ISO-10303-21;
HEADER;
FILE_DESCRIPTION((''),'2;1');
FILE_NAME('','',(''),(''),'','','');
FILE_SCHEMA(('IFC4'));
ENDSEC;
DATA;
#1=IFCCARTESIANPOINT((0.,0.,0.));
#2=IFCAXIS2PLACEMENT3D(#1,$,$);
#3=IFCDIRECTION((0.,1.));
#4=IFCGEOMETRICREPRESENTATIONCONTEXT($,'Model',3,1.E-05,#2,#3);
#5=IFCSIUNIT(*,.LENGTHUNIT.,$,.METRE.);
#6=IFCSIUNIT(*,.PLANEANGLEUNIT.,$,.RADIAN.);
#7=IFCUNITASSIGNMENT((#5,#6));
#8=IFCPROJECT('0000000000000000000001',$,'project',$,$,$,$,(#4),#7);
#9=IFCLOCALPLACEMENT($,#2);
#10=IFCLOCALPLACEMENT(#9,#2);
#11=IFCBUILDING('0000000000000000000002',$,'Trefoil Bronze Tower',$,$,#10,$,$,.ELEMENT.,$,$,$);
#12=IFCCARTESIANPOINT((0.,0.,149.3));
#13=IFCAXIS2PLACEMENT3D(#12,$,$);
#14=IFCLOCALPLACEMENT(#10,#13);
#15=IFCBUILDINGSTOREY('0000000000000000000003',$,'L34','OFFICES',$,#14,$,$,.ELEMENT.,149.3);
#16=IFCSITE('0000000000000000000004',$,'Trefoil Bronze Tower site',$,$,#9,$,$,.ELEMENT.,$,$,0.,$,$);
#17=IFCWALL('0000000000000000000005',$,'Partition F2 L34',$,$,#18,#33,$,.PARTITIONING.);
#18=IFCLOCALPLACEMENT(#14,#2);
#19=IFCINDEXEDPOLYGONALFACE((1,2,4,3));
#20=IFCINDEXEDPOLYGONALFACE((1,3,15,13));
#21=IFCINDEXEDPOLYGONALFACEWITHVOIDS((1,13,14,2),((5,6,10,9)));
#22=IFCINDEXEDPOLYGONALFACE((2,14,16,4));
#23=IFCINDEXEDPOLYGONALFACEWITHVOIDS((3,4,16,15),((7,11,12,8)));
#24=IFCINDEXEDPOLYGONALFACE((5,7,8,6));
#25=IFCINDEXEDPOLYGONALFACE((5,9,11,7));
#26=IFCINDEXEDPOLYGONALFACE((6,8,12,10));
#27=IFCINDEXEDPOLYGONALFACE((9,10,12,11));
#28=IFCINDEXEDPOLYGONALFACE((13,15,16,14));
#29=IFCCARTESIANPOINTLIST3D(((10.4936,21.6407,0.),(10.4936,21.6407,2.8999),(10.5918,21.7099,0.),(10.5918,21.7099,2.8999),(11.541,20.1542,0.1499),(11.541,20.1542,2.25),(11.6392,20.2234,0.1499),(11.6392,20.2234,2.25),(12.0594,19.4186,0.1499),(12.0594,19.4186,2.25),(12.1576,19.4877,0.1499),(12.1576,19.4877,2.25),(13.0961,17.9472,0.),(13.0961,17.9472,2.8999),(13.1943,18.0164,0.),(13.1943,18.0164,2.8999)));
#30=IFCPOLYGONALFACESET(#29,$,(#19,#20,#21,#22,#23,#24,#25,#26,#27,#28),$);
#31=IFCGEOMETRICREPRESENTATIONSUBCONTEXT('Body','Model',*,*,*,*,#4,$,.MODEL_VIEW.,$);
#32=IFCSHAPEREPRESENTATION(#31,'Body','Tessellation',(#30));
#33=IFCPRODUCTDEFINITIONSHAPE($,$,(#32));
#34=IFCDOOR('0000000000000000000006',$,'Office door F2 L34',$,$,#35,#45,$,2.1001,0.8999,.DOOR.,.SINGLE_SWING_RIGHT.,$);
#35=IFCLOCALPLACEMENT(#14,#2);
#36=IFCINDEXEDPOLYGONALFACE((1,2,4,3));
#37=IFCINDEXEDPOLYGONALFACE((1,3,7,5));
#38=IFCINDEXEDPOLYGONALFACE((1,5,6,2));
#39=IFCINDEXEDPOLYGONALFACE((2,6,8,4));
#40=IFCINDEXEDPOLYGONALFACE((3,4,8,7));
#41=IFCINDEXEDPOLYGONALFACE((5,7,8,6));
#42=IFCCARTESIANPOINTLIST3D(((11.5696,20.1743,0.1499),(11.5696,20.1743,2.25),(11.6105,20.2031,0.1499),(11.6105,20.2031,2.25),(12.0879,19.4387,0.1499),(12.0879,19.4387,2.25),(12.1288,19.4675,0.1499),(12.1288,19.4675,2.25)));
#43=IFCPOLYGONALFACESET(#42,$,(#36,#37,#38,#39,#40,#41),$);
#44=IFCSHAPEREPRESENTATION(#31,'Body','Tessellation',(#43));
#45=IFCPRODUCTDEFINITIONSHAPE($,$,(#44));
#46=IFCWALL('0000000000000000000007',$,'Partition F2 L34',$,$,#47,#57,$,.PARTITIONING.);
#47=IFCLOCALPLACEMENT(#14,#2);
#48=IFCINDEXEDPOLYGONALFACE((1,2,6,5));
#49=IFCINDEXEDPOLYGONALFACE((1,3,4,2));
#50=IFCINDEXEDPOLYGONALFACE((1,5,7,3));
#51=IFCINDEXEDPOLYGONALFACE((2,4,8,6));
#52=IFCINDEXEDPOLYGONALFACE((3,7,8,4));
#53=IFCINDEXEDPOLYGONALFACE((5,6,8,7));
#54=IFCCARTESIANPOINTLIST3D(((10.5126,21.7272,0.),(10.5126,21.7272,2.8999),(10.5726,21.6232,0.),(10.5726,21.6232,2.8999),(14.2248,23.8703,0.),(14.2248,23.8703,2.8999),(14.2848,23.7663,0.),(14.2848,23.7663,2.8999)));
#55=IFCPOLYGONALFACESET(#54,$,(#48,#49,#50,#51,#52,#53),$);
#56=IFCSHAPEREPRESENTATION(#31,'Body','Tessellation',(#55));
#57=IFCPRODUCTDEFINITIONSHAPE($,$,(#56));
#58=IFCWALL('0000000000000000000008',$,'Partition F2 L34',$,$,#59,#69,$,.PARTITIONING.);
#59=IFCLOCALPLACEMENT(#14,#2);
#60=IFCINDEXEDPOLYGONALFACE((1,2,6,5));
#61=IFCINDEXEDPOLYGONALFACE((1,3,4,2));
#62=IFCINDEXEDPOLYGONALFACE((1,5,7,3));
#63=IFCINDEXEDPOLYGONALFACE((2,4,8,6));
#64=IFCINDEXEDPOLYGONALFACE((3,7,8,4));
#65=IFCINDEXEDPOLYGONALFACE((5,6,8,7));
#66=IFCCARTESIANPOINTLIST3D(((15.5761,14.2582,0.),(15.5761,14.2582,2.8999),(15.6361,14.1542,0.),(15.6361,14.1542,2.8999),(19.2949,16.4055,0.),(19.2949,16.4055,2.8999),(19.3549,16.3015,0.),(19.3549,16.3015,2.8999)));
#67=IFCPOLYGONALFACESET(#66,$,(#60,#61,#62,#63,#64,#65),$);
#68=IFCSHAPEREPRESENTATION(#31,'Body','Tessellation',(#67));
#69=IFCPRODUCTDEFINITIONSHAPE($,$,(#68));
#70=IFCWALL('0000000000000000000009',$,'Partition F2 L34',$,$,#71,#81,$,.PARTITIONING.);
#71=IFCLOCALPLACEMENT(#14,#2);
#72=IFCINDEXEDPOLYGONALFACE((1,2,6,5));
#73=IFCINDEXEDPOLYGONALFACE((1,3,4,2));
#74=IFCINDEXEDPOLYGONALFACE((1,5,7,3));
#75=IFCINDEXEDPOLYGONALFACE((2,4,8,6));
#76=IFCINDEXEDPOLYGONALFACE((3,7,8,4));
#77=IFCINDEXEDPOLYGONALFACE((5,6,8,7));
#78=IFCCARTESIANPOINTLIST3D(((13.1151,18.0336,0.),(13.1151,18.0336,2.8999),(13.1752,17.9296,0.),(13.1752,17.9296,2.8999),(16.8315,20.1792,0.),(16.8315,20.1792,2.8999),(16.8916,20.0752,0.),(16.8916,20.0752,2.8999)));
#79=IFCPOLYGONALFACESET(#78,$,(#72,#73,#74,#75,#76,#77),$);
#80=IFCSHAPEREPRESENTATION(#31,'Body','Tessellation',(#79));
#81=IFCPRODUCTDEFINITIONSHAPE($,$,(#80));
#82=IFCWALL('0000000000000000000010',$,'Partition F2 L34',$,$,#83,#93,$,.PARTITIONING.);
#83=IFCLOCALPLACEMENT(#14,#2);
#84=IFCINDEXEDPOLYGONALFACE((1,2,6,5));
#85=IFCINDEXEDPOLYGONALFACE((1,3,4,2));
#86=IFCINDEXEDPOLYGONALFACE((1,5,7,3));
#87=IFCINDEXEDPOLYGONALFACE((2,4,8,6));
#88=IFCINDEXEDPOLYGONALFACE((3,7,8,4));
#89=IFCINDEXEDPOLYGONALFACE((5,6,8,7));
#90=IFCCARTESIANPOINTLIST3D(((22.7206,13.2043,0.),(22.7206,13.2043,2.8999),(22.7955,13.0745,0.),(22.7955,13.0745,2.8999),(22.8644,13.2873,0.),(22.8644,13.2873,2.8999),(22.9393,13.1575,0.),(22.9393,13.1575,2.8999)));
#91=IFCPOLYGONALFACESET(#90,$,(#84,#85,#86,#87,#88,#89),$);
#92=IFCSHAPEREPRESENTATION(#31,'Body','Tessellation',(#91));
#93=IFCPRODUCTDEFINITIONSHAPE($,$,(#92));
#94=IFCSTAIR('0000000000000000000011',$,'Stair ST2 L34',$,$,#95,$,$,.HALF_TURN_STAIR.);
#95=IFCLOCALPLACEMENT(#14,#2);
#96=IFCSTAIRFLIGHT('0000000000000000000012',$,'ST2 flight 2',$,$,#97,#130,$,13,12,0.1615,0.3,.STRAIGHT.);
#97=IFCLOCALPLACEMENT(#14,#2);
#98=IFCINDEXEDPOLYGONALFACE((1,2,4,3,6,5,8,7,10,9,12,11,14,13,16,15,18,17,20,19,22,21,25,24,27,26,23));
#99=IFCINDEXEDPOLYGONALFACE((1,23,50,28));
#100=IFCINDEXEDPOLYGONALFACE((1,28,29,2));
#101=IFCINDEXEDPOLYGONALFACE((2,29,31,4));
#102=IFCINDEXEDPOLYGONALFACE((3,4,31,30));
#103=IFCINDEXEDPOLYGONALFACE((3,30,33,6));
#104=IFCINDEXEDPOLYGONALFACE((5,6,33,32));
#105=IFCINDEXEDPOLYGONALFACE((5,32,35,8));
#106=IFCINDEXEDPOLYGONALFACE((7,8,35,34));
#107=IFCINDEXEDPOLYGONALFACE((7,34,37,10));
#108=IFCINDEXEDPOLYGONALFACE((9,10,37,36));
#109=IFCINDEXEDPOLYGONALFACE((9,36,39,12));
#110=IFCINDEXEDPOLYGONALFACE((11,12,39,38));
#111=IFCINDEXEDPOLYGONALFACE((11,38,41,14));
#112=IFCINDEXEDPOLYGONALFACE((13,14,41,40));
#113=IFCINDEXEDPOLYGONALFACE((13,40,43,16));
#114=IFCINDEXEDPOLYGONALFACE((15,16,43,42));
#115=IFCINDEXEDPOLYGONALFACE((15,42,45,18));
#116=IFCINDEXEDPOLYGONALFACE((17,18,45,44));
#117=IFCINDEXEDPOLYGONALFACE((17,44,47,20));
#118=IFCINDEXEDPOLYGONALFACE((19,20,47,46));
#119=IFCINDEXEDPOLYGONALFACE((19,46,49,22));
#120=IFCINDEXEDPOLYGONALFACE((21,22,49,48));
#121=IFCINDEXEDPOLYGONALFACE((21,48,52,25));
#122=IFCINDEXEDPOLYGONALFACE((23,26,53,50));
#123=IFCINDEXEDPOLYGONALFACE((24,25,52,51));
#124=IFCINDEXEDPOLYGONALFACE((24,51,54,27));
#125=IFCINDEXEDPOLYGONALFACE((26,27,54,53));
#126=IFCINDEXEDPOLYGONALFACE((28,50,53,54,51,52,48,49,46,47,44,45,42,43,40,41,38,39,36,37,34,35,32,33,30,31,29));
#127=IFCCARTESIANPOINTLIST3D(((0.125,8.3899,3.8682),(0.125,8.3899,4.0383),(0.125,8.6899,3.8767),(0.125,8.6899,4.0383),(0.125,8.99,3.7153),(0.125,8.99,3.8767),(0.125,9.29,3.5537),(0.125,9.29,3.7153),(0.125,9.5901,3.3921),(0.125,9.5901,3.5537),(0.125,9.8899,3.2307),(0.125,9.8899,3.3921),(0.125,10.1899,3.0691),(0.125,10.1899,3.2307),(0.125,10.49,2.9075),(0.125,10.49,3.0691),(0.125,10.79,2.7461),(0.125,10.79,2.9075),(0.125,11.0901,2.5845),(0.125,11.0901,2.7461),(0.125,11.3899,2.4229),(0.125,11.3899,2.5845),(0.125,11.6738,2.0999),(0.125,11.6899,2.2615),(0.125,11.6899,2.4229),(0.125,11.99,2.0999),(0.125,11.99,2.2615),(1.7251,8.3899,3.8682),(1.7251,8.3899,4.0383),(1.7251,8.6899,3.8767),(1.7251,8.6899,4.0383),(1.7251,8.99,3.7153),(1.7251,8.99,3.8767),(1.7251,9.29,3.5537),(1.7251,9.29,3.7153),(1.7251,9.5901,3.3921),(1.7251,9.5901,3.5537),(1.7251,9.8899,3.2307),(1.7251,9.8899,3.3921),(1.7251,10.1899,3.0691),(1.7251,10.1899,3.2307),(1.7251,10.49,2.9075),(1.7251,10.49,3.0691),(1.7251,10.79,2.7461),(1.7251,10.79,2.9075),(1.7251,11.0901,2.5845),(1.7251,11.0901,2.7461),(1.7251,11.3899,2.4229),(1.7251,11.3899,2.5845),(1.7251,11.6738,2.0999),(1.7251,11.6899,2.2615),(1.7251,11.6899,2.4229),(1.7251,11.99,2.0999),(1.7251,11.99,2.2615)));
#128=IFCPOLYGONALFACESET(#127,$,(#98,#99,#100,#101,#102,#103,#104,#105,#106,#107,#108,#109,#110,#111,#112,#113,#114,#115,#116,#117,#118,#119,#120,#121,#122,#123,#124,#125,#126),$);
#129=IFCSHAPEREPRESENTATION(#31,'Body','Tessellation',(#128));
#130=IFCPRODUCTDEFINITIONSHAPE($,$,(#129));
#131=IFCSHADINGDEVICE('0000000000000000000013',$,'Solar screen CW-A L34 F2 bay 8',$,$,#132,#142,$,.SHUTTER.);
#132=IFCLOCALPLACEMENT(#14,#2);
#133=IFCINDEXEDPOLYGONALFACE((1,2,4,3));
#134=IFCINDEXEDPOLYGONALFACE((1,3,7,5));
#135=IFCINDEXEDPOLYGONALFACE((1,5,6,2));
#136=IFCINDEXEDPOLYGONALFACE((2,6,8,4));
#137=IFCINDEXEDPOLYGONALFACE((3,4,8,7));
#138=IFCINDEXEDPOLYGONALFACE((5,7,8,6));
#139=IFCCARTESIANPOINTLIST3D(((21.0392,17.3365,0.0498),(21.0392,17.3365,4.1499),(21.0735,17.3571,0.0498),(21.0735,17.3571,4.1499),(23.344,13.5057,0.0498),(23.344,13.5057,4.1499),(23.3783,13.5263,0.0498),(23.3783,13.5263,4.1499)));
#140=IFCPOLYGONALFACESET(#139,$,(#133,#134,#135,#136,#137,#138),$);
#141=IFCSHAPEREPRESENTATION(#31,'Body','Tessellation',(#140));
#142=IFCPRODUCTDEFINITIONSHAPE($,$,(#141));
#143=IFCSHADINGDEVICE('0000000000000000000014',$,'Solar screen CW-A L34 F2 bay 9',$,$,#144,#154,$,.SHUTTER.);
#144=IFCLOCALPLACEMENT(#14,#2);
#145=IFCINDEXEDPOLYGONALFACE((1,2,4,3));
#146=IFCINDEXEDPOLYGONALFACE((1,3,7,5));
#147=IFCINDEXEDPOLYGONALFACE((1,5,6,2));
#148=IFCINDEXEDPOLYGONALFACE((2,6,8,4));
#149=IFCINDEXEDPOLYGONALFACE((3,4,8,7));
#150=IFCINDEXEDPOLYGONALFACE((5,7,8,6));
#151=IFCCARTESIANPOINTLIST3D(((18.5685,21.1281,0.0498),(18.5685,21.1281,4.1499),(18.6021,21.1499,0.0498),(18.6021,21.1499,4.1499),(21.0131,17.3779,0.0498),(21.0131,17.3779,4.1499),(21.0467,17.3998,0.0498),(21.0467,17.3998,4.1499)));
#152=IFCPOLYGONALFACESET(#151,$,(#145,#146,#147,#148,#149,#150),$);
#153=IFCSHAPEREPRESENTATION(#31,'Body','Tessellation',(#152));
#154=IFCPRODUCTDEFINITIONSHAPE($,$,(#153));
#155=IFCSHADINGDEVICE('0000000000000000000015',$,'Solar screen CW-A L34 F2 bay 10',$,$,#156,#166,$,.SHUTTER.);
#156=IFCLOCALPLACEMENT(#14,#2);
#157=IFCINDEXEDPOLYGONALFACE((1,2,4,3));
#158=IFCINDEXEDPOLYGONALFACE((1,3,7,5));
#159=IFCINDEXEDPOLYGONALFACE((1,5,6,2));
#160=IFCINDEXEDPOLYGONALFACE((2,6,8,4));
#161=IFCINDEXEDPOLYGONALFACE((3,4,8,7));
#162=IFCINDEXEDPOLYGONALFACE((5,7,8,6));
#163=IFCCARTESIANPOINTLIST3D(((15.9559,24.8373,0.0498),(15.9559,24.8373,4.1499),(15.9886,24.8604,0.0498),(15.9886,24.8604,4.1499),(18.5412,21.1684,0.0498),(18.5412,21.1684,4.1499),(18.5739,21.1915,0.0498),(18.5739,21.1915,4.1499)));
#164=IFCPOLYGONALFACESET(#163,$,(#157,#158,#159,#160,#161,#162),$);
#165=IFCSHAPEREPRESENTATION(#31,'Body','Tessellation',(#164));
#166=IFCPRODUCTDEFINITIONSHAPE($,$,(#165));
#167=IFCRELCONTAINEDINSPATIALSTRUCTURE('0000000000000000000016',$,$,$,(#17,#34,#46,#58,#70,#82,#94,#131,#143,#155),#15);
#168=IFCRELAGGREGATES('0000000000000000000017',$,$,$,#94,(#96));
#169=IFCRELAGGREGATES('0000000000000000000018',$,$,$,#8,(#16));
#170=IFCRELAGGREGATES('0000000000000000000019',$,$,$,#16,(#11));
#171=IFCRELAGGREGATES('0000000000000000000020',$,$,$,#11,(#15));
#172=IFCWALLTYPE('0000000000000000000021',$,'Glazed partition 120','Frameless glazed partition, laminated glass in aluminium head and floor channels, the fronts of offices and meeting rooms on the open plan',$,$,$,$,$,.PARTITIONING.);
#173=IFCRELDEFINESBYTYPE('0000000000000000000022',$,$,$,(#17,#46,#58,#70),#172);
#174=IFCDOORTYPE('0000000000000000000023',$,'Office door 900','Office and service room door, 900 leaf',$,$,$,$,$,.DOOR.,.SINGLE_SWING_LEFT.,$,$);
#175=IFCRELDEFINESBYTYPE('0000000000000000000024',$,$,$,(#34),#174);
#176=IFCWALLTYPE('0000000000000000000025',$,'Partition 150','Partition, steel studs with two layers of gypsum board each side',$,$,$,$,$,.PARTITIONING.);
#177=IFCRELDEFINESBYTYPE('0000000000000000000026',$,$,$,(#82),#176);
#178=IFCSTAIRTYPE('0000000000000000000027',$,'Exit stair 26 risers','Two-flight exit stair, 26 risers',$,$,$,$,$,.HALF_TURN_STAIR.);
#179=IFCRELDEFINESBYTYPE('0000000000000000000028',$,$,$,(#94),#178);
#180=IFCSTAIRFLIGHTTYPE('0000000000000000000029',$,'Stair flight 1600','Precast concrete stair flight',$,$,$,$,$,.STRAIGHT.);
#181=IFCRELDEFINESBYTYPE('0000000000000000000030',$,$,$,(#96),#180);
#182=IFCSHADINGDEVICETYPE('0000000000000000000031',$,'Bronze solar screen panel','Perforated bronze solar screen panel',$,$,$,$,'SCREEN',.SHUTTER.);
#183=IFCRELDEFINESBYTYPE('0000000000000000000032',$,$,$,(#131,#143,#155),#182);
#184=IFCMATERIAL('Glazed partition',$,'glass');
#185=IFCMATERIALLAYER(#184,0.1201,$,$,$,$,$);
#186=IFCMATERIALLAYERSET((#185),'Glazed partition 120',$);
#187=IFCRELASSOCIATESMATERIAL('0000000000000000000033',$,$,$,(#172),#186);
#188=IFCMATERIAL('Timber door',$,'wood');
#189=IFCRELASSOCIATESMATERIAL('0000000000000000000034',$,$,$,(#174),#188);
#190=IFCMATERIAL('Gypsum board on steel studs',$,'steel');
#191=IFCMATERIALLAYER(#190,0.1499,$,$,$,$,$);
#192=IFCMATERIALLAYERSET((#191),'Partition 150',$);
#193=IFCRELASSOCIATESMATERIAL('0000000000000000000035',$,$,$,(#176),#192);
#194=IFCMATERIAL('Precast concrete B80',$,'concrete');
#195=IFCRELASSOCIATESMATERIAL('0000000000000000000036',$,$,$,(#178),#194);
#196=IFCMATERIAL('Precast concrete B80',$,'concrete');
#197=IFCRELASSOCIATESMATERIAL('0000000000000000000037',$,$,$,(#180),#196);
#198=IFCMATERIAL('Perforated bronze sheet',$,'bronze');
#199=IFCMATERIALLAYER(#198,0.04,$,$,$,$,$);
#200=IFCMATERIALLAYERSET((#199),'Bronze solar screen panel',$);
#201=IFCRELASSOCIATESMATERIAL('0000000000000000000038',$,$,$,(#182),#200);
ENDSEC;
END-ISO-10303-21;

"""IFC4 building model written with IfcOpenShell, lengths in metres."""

from ifc_helpers import new_model, si_unit, direction, frame, frame_2d, origin, origin_2d, place, context, subcontext, project, spatial, polyline, rectangle, outline, extrude, material, layer, layer_set, type_object, element, fill, aggregate, save


model = new_model("IFC4")

# Units and contexts
model_context = context("Model", 3, precision=1e-05, world=origin(), true_north=direction((0.0, 1.0)))
body_context = subcontext(model_context, "Body", "Model", "MODEL_VIEW")
ifc_project = project(units=[si_unit("LENGTHUNIT", "METRE"), si_unit("PLANEANGLEUNIT", "RADIAN")], contexts=[model_context])

# Site, building, storey
site_placement = place(None, origin())
site = spatial("IfcSite", under=ifc_project, at=site_placement, Name="Trefoil Bronze Tower site", CompositionType="ELEMENT", RefElevation=0.0)
building_placement = place(site_placement, origin())
building = spatial("IfcBuilding", under=site, at=building_placement, Name="Trefoil Bronze Tower", CompositionType="ELEMENT")
storey_placement = place(building_placement, frame((0.0, 0.0, 149.3)))
storey = spatial("IfcBuildingStorey", under=building, at=storey_placement, Name="L34", Description="OFFICES", CompositionType="ELEMENT", Elevation=149.3)

# Wall, opening, door
ifc_material_1 = material(Name="Glazed partition", Category="glass")
ifc_layer_1 = layer(ifc_material_1, 0.1201)
ifc_layer_set_1 = layer_set([ifc_layer_1], Name="Glazed partition 120")
wall_type_1 = type_object("IfcWallType", Name="Glazed partition 120", Description="Frameless glazed partition, laminated glass in aluminium head and floor channels, the fronts of offices and meeting rooms on the open plan", PredefinedType="PARTITIONING", material=ifc_layer_set_1)
ifc_material_2 = material(Name="Timber door", Category="wood")
door_type = type_object("IfcDoorType", Name="Office door 900", Description="Office and service room door, 900 leaf", OperationType="SINGLE_SWING_LEFT", PredefinedType="DOOR", material=ifc_material_2)
wall_1_placement = place(storey_placement, frame((13.1453, 17.9817, 0.0), z_axis=(0.0, 0.0, 1.0), x_axis=(-0.575987, 0.817459, 0.0)))
wall_1 = element("IfcWall", 1, at=wall_1_placement, inside=storey, type_object=wall_type_1, Name="Partition F2 L34", PredefinedType="PARTITIONING", context=body_context, shape_type="SweptSolid", body=[
    extrude(rectangle(XDim=4.5183, YDim=0.1201, at=frame_2d((2.2593, 0.0))), origin(), (0.0, 0.0, 1.0), 2.8999),
])
opening_1_placement = place(wall_1_placement, frame((1.8, 0.0, 0.1499)))
opening_1 = element("IfcOpeningElement", 2, at=opening_1_placement, cuts=wall_1, PredefinedType="OPENING", context=body_context, shape_type="SweptSolid", body=[
    extrude(rectangle(XDim=0.8999, YDim=2.1001, at=frame_2d((0.45, 1.05))), frame((0.0, 0.0701, 0.0), z_axis=(0.0, -1.0, 0.0), x_axis=(1.0, 0.0, 0.0)), (0.0, 0.0, 1.0), 0.1401),
])
door_1_placement = place(opening_1_placement, frame((0.8999, 0.0, 0.0), z_axis=(0.0, 0.0, 1.0), x_axis=(-1.0, 0.0, 0.0)))
door_1 = element("IfcDoor", 3, at=door_1_placement, inside=storey, type_object=door_type, Name="Office door F2 L34", OperationType="SINGLE_SWING_RIGHT", OverallHeight=2.1001, OverallWidth=0.8999, PredefinedType="DOOR", context=body_context, shape_type="SweptSolid", body=[
    extrude(rectangle(XDim=0.8999, YDim=2.1001, at=frame_2d((0.45, 1.05))), frame((0.0, 0.0249, 0.0), z_axis=(0.0, -1.0, 0.0), x_axis=(1.0, 0.0, 0.0)), (0.0, 0.0, 1.0), 0.05),
])
fill(opening_1, door_1)

# Walls
wall_2_placement = place(storey_placement, frame((10.5427, 21.6753, 0.0), z_axis=(0.0, 0.0, 1.0), x_axis=(0.86604, 0.499974, 0.0)))
element("IfcWall", 4, at=wall_2_placement, inside=storey, type_object=wall_type_1, Name="Partition F2 L34", PredefinedType="PARTITIONING", context=body_context, shape_type="SweptSolid", body=[
    extrude(rectangle(XDim=4.2864, YDim=0.1201, at=frame_2d((2.1431, 0.0))), origin(), (0.0, 0.0, 1.0), 2.8999),
])
wall_3_placement = place(storey_placement, frame((15.6062, 14.2063, 0.0), z_axis=(0.0, 0.0, 1.0), x_axis=(0.866006, 0.500034, 0.0)))
element("IfcWall", 5, at=wall_3_placement, inside=storey, type_object=wall_type_1, Name="Partition F2 L34", PredefinedType="PARTITIONING", context=body_context, shape_type="SweptSolid", body=[
    extrude(rectangle(XDim=4.2942, YDim=0.1201, at=frame_2d((2.147, 0.0))), origin(), (0.0, 0.0, 1.0), 2.8999),
])
wall_4_placement = place(storey_placement, frame((13.1453, 17.9817, 0.0), z_axis=(0.0, 0.0, 1.0), x_axis=(0.866036, 0.499982, 0.0)))
element("IfcWall", 6, at=wall_4_placement, inside=storey, type_object=wall_type_1, Name="Partition F2 L34", PredefinedType="PARTITIONING", context=body_context, shape_type="SweptSolid", body=[
    extrude(rectangle(XDim=4.2913, YDim=0.1201, at=frame_2d((2.1455, 0.0))), origin(), (0.0, 0.0, 1.0), 2.8999),
])
ifc_material_3 = material(Name="Gypsum board on steel studs", Category="steel")
ifc_layer_2 = layer(ifc_material_3, 0.1499)
ifc_layer_set_2 = layer_set([ifc_layer_2], Name="Partition 150")
wall_type_2 = type_object("IfcWallType", Name="Partition 150", Description="Partition, steel studs with two layers of gypsum board each side", PredefinedType="PARTITIONING", material=ifc_layer_set_2)
wall_5_placement = place(storey_placement, frame((22.7581, 13.1394, 0.0), z_axis=(0.0, 0.0, 1.0), x_axis=(0.866063, 0.499935, 0.0)))
element("IfcWall", 7, at=wall_5_placement, inside=storey, type_object=wall_type_2, Name="Partition F2 L34", PredefinedType="PARTITIONING", context=body_context, shape_type="SweptSolid", body=[
    extrude(rectangle(XDim=0.166, YDim=0.1499, at=frame_2d((0.083, 0.0))), origin(), (0.0, 0.0, 1.0), 2.8999),
])

# Stair, stair flight
ifc_material_4 = material(Name="Precast concrete B80", Category="concrete")
stair_type = type_object("IfcStairType", Name="Exit stair 26 risers", Description="Two-flight exit stair, 26 risers", PredefinedType="HALF_TURN_STAIR", material=ifc_material_4)
stair_placement = place(storey_placement, origin())
stair = element("IfcStair", 8, at=stair_placement, inside=storey, type_object=stair_type, Name="Stair ST2 L34", PredefinedType="HALF_TURN_STAIR")
ifc_material_5 = material(Name="Precast concrete B80", Category="concrete")
stair_flight_type = type_object("IfcStairFlightType", Name="Stair flight 1600", Description="Precast concrete stair flight", PredefinedType="STRAIGHT", material=ifc_material_5)
stair_flight_placement = place(storey_placement, frame((0.925, 11.99, 2.0999), z_axis=(0.0, 0.0, 1.0), x_axis=(0.0, -1.0, 0.0)))
stair_flight = element("IfcStairFlight", 9, at=stair_flight_placement, type_object=stair_flight_type, Name="ST2 flight 2", NumberOfRisers=13, NumberOfTreads=12, PredefinedType="STRAIGHT", RiserHeight=0.1615, TreadLength=0.3, context=body_context, shape_type="SweptSolid", body=[
    extrude(outline(polyline([(0.0, 0.0), (0.0, 0.1616), (0.3, 0.1616), (0.3, 0.323), (0.6001, 0.323), (0.6001, 0.4846), (0.8999, 0.4846), (0.8999, 0.6462), (1.2, 0.6462), (1.2, 0.8076), (1.5, 0.8076), (1.5, 0.9692), (1.8, 0.9692), (1.8, 1.1309), (2.1001, 1.1309), (2.1001, 1.2922), (2.3999, 1.2922), (2.3999, 1.4539), (2.7, 1.4539), (2.7, 1.6155), (3.0, 1.6155), (3.0, 1.7769), (3.3, 1.7769), (3.3, 1.9385), (3.6001, 1.9385), (3.6001, 2.1001), (3.6001, 1.7683), (0.3162, 0.0), (0.0, 0.0)])), frame((0.0, 0.8, 0.0), z_axis=(0.0, -1.0, 0.0), x_axis=(1.0, 0.0, 0.0)), (0.0, 0.0, 1.0), 1.6001),
])
aggregate(stair, [stair_flight])

# Shading devices
ifc_material_6 = material(Name="Perforated bronze sheet", Category="bronze")
ifc_layer_3 = layer(ifc_material_6, 0.04)
ifc_layer_set_3 = layer_set([ifc_layer_3], Name="Bronze solar screen panel")
shading_device_type = type_object("IfcShadingDeviceType", Name="Bronze solar screen panel", Description="Perforated bronze solar screen panel", ElementType="SCREEN", PredefinedType="SHUTTER", material=ifc_layer_set_3)
shading_device_1_placement = place(storey_placement, frame((22.2087, 15.4314, 0.0498), z_axis=(0.0, 0.0, 1.0), x_axis=(-0.515525, 0.856874, 0.0)))
element("IfcShadingDevice", 10, at=shading_device_1_placement, inside=storey, type_object=shading_device_type, Name="Solar screen CW-A L34 F2 bay 8", PredefinedType="SHUTTER", context=body_context, shape_type="SweptSolid", body=[
    extrude(rectangle(XDim=4.4707, YDim=0.04, at=origin_2d()), origin(), (0.0, 0.0, 1.0), 4.1001),
])
shading_device_2_placement = place(storey_placement, frame((19.8076, 19.2639, 0.0498), z_axis=(0.0, 0.0, 1.0), x_axis=(-0.546089, 0.837727, 0.0)))
element("IfcShadingDevice", 11, at=shading_device_2_placement, inside=storey, type_object=shading_device_type, Name="Solar screen CW-A L34 F2 bay 9", PredefinedType="SHUTTER", context=body_context, shape_type="SweptSolid", body=[
    extrude(rectangle(XDim=4.4766, YDim=0.04, at=origin_2d()), origin(), (0.0, 0.0, 1.0), 4.1001),
])
shading_device_3_placement = place(storey_placement, frame((17.2649, 23.0144, 0.0498), z_axis=(0.0, 0.0, 1.0), x_axis=(-0.575999, 0.81745, 0.0)))
element("IfcShadingDevice", 12, at=shading_device_3_placement, inside=storey, type_object=shading_device_type, Name="Solar screen CW-A L34 F2 bay 10", PredefinedType="SHUTTER", context=body_context, shape_type="SweptSolid", body=[
    extrude(rectangle(XDim=4.4883, YDim=0.04, at=origin_2d()), origin(), (0.0, 0.0, 1.0), 4.1001),
])

save(model, "model.ifc")
